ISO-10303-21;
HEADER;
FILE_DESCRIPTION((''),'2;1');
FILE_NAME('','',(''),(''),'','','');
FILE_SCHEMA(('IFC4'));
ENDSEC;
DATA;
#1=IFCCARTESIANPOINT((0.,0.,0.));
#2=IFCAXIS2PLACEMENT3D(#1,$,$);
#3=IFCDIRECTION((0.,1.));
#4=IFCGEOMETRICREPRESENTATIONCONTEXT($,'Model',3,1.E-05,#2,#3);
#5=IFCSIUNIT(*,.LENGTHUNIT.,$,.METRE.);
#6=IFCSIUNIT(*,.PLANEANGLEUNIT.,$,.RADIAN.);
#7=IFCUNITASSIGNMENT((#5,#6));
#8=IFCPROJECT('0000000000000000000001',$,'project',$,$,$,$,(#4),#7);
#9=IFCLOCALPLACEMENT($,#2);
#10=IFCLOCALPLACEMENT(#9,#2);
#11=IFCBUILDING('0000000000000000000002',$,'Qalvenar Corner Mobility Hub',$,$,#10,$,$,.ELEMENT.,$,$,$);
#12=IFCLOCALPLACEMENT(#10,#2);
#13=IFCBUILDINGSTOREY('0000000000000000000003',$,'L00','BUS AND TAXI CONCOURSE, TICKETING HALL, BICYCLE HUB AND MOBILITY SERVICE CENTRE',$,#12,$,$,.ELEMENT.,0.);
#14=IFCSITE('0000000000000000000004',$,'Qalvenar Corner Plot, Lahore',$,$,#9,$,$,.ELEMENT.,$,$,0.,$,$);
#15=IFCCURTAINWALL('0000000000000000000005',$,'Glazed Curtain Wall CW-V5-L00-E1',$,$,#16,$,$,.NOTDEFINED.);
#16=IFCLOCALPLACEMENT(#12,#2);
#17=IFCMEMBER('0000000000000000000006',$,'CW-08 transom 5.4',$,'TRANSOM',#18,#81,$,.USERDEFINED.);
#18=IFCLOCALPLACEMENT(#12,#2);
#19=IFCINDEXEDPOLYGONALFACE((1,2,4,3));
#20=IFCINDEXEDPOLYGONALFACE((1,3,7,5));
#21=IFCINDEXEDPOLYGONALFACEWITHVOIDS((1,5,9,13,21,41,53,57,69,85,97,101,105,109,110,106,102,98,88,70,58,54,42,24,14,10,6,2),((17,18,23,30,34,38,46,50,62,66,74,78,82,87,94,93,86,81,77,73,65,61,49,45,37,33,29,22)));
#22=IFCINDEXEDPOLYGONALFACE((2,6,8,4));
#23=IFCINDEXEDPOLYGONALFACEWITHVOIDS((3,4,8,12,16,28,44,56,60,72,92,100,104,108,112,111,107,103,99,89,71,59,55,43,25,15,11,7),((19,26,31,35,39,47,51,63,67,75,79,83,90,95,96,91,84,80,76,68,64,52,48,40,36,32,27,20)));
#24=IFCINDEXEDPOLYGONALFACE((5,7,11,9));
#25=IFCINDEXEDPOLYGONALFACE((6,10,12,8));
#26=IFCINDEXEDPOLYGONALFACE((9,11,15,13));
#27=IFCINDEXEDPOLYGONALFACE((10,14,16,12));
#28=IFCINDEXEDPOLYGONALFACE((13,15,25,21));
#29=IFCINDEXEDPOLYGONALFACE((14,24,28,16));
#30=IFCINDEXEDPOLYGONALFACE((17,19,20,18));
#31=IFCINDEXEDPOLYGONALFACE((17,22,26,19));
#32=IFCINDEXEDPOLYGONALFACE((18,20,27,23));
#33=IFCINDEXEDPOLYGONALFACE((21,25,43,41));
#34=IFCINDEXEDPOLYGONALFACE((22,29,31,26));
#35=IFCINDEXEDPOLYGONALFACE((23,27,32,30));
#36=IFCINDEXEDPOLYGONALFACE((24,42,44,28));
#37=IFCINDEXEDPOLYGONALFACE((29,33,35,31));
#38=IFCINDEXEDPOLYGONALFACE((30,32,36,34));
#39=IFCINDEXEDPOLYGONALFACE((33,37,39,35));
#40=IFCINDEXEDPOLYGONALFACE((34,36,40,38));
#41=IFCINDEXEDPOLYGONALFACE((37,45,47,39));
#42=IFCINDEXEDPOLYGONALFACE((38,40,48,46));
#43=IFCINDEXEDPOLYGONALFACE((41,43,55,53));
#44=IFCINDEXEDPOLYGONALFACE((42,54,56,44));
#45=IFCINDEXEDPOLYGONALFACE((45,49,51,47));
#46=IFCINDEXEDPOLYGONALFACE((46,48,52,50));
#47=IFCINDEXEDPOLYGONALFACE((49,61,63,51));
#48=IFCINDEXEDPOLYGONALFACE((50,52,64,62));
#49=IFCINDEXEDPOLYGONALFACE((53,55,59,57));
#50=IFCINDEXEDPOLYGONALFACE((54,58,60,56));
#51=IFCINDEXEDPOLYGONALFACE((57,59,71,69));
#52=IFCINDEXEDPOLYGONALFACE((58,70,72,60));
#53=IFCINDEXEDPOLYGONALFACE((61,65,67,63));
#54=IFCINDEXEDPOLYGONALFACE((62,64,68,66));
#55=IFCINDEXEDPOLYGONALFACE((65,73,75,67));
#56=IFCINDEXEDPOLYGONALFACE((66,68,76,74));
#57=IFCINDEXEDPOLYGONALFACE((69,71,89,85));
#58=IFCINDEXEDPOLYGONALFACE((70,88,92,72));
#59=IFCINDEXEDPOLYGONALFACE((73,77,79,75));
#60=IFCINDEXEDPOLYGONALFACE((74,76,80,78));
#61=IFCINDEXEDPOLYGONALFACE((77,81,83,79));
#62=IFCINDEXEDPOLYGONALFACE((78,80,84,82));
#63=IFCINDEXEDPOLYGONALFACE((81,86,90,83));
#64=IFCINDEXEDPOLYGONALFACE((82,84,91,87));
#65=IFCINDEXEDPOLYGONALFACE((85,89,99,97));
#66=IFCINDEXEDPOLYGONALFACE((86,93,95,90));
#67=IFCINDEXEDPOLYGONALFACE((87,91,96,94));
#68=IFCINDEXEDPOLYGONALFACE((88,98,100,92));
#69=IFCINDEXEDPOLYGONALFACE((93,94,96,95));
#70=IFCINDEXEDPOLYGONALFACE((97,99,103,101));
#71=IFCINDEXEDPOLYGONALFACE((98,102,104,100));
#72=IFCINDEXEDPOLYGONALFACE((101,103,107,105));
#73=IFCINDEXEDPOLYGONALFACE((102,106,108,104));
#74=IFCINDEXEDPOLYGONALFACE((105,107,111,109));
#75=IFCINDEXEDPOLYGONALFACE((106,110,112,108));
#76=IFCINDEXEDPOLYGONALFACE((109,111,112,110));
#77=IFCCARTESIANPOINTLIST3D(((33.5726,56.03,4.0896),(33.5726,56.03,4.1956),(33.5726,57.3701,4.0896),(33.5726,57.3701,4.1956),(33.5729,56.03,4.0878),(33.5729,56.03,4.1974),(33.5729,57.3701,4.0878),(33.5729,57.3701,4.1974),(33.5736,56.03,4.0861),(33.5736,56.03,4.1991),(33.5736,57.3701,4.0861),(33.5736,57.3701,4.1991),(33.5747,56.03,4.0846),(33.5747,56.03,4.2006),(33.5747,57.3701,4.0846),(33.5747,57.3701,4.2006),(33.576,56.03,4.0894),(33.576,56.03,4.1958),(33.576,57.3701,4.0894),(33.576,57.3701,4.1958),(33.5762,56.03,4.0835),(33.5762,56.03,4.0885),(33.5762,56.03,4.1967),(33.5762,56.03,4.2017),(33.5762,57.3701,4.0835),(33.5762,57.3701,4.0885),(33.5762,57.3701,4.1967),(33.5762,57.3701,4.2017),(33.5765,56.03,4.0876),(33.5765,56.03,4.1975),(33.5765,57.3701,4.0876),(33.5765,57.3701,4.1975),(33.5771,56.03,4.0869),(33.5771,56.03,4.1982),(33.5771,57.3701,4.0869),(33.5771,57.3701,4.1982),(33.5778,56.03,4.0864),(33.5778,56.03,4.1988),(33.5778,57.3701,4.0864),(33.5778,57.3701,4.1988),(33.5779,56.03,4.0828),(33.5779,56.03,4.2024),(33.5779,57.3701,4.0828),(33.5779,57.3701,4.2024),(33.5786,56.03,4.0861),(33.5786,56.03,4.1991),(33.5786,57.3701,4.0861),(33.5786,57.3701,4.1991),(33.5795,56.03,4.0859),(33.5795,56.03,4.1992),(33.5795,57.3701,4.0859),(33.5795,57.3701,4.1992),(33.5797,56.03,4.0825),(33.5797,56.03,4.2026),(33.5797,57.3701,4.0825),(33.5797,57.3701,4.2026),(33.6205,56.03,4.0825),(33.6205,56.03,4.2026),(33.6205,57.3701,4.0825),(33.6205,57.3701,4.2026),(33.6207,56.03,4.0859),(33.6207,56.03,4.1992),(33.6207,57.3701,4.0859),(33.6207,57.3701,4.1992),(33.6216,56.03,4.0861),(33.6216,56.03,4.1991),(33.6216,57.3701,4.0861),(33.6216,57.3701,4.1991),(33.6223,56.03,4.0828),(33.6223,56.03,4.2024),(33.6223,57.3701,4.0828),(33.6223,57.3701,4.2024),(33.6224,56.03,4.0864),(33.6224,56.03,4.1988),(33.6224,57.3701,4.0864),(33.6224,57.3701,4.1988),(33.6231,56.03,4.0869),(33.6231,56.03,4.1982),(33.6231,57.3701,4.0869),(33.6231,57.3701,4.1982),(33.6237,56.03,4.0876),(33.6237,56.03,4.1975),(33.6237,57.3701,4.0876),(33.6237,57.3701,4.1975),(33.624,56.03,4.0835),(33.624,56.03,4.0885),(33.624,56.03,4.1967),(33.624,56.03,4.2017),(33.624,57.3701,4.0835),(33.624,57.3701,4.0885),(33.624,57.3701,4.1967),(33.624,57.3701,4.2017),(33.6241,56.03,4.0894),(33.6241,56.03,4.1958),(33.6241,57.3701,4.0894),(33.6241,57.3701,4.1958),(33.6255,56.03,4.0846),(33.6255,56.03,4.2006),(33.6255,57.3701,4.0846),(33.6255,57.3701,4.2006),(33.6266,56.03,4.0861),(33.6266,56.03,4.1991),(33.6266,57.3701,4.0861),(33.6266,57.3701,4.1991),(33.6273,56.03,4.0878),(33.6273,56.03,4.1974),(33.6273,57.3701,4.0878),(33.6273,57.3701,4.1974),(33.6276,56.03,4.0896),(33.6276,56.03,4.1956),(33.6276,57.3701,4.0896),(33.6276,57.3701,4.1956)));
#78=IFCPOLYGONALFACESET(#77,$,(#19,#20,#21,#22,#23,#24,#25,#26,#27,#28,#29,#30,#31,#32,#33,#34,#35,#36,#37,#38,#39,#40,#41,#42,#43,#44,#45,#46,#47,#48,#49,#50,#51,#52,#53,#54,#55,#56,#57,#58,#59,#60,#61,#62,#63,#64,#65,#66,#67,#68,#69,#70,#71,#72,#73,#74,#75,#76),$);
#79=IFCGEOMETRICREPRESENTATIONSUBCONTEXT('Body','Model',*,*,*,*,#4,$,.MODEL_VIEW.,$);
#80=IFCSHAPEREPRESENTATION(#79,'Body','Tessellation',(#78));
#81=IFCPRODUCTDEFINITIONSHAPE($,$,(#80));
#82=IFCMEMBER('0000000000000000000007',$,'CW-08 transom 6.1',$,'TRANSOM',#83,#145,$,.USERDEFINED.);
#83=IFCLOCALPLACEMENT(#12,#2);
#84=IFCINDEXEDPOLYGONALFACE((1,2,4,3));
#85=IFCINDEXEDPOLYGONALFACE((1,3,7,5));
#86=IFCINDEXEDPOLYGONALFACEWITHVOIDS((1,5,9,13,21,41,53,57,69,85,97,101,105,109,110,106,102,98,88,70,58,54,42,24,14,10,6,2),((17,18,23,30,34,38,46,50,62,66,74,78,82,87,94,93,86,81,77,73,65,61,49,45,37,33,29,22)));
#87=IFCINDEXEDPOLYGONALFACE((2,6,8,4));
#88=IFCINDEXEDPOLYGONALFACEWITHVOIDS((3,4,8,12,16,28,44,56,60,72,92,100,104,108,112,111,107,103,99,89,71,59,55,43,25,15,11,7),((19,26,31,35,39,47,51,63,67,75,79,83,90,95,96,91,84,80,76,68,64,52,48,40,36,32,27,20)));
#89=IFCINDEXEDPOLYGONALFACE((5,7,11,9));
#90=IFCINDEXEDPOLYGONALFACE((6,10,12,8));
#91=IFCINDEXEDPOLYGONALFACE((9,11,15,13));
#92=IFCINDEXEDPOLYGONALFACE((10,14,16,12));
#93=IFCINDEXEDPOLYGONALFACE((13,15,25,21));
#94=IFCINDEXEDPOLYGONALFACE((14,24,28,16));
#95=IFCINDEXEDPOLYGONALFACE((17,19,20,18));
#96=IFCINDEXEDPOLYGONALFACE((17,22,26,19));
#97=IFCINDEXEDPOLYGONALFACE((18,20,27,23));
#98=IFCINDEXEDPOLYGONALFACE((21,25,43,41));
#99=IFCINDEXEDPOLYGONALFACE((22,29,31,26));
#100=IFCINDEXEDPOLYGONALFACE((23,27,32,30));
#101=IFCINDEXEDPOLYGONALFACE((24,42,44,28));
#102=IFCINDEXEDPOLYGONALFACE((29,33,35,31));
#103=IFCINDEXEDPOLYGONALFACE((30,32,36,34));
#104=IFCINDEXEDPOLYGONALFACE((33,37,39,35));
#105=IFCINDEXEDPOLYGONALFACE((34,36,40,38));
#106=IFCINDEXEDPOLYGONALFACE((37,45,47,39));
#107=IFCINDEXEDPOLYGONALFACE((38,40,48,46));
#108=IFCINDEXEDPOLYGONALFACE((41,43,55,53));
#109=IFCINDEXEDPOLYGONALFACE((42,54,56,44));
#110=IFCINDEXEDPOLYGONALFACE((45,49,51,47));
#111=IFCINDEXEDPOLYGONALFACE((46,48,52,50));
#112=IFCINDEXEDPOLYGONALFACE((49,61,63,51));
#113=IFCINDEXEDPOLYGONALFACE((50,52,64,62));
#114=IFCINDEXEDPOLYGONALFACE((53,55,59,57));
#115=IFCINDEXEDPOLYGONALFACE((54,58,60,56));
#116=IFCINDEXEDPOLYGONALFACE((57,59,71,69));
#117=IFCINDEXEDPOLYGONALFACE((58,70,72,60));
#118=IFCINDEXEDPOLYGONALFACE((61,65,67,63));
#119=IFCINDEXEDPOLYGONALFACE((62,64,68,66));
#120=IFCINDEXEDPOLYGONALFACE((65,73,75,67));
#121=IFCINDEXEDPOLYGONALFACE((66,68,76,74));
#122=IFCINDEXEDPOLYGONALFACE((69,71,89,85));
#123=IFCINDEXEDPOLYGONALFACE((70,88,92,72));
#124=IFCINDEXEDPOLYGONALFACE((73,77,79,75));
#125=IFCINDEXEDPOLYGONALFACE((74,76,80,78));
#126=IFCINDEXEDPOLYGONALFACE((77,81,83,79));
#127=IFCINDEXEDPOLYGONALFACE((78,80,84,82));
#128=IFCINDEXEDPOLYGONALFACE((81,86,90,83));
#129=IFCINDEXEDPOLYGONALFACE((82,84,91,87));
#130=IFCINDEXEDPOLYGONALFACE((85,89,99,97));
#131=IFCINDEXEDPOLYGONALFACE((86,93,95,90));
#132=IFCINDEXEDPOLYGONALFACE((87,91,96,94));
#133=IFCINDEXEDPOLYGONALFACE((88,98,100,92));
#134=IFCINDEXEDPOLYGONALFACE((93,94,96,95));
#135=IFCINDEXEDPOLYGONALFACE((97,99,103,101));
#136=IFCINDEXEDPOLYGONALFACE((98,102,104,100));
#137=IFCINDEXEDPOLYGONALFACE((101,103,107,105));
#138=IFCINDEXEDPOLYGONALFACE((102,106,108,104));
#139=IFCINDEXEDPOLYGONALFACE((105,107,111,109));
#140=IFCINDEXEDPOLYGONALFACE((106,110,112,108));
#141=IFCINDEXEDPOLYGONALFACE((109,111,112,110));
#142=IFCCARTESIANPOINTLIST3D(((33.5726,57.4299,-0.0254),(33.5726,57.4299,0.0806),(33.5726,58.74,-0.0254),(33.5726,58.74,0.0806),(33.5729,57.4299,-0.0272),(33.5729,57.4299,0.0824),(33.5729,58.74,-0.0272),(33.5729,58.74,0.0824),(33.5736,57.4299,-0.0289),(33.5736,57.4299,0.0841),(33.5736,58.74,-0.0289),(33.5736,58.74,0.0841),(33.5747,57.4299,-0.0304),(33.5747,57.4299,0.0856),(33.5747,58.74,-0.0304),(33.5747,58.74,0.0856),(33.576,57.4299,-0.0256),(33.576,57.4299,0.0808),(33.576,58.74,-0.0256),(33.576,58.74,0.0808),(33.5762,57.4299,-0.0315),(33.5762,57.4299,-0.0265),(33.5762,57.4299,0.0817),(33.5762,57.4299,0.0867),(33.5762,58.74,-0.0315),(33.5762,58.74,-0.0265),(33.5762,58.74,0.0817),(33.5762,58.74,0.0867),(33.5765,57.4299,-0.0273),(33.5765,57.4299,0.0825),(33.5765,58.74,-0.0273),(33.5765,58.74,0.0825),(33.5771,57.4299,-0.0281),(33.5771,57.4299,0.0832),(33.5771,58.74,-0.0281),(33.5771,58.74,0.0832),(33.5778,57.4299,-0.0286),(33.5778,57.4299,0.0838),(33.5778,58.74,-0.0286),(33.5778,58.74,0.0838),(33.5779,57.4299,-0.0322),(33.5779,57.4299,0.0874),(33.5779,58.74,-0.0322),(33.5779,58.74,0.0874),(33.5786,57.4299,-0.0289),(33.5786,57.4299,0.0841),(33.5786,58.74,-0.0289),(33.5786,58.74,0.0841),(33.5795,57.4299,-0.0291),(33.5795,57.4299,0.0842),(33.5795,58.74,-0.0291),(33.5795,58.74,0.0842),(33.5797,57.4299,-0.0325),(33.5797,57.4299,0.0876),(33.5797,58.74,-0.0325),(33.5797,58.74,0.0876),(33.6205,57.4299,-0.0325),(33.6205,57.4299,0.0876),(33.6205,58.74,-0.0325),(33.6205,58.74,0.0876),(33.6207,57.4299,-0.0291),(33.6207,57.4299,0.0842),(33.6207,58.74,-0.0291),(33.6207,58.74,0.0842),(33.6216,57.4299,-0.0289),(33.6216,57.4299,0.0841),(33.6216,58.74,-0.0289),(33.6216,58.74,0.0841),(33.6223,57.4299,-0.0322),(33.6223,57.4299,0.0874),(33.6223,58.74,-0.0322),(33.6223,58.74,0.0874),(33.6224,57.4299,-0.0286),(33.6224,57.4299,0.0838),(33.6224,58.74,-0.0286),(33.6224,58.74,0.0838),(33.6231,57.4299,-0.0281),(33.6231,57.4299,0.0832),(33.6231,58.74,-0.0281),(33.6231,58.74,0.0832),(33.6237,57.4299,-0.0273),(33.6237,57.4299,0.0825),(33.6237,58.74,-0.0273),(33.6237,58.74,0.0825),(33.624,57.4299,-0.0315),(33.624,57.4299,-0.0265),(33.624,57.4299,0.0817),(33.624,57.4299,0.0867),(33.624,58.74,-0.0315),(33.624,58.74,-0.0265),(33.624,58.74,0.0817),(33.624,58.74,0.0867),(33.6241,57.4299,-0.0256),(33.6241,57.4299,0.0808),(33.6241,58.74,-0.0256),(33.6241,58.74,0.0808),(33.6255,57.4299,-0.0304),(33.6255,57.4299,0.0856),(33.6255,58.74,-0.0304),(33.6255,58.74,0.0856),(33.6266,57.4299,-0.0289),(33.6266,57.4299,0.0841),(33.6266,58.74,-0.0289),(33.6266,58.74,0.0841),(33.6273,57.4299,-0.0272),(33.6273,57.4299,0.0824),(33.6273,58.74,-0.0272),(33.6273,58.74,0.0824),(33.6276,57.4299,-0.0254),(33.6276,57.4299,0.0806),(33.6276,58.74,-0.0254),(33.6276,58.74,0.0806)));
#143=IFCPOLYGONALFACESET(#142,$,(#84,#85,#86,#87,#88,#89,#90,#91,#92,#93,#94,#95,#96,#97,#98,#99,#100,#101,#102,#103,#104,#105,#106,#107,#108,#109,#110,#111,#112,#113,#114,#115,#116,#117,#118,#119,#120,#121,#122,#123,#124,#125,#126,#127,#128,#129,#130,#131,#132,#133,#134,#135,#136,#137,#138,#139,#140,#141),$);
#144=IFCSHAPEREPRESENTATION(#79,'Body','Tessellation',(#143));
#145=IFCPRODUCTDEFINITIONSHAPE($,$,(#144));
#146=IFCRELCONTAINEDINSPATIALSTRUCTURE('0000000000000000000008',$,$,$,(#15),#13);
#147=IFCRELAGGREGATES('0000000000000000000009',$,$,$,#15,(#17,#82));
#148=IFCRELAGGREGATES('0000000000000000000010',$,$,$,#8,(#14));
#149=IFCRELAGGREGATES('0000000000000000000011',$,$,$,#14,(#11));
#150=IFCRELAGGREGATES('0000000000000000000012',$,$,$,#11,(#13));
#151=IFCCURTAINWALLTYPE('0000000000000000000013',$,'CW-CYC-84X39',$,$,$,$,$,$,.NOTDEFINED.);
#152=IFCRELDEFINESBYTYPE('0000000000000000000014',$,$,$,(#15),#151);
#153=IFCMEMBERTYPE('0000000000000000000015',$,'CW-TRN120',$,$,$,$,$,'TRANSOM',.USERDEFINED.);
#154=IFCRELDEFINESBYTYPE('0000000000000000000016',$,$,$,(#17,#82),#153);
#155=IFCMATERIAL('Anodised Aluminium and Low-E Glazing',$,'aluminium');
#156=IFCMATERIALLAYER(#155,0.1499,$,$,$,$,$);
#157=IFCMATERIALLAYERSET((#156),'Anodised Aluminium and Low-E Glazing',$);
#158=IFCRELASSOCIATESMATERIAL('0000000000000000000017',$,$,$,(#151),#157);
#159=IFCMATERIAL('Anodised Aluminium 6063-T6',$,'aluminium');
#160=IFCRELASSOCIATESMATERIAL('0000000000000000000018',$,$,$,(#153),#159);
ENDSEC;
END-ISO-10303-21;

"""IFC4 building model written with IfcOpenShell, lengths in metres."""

from ifc_helpers import new_model, si_unit, direction, frame, origin, origin_2d, place, context, subcontext, project, spatial, hollow_rectangle, extrude, material, layer, layer_set, material_profile, profile_set, type_object, element, aggregate, save


model = new_model("IFC4")

# Units and contexts
model_context = context("Model", 3, precision=1e-05, world=origin(), true_north=direction((0.0, 1.0)))
body_context = subcontext(model_context, "Body", "Model", "MODEL_VIEW")
ifc_project = project(units=[si_unit("LENGTHUNIT", "METRE"), si_unit("PLANEANGLEUNIT", "RADIAN")], contexts=[model_context])

# Site, building, storey
site_placement = place(None, origin())
site = spatial("IfcSite", under=ifc_project, at=site_placement, Name="Qalvenar Corner Plot, Lahore", CompositionType="ELEMENT", RefElevation=0.0)
building_placement = place(site_placement, origin())
building = spatial("IfcBuilding", under=site, at=building_placement, Name="Qalvenar Corner Mobility Hub", CompositionType="ELEMENT")
storey_placement = place(building_placement, origin())
storey = spatial("IfcBuildingStorey", under=building, at=storey_placement, Name="L00", Description="BUS AND TAXI CONCOURSE, TICKETING HALL, BICYCLE HUB AND MOBILITY SERVICE CENTRE", CompositionType="ELEMENT", Elevation=0.0)

# Curtain wall, members
ifc_material_1 = material(Name="Anodised Aluminium and Low-E Glazing", Category="aluminium")
ifc_layer_1 = layer(ifc_material_1, 0.1499)
ifc_layer_set_1 = layer_set([ifc_layer_1], Name="Anodised Aluminium and Low-E Glazing")
curtain_wall_type = type_object("IfcCurtainWallType", Name="CW-CYC-84X39", PredefinedType="NOTDEFINED", material=ifc_layer_set_1)
curtain_wall_placement = place(storey_placement, origin())
curtain_wall = element("IfcCurtainWall", 1, at=curtain_wall_placement, inside=storey, type_object=curtain_wall_type, Name="Glazed Curtain Wall CW-V5-L00-E1", PredefinedType="NOTDEFINED")
ifc_material_2 = material(Name="Anodised Aluminium 6063-T6", Category="aluminium")
ifc_material_profile_1 = material_profile(ifc_material_2, hollow_rectangle(XDim=0.0549, YDim=0.1201, WallThickness=0.0034, InnerFilletRadius=0.0034, OuterFilletRadius=0.0071, at=origin_2d()), Name="RHS120x55x3.5")
ifc_profile_set_1 = profile_set([ifc_material_profile_1], Name="Anodised Aluminium 6063-T6")
member_type_1 = type_object("IfcMemberType", Name="CW-TRN120", ElementType="TRANSOM", PredefinedType="USERDEFINED", material=ifc_profile_set_1)
member_1_placement = place(storey_placement, frame((33.6001, 56.03, 4.1426), z_axis=(0.0, 1.0, 0.0), x_axis=(-1.0, 0.0, 0.0)))
member_1 = element("IfcMember", 2, at=member_1_placement, type_object=member_type_1, Name="CW-08 transom 5.4", ObjectType="TRANSOM", PredefinedType="USERDEFINED", context=body_context, shape_type="SweptSolid", body=[
    extrude(hollow_rectangle(XDim=0.0549, YDim=0.1201, WallThickness=0.0034, InnerFilletRadius=0.0034, OuterFilletRadius=0.0071, at=origin_2d()), origin(), (0.0, 0.0, 1.0), 1.3401),
])
member_2_placement = place(storey_placement, frame((33.6001, 57.4299, 0.0276), z_axis=(0.0, 1.0, 0.0), x_axis=(-1.0, 0.0, 0.0)))
member_2 = element("IfcMember", 3, at=member_2_placement, type_object=member_type_1, Name="CW-08 transom 6.1", ObjectType="TRANSOM", PredefinedType="USERDEFINED", context=body_context, shape_type="SweptSolid", body=[
    extrude(hollow_rectangle(XDim=0.0549, YDim=0.1201, WallThickness=0.0034, InnerFilletRadius=0.0034, OuterFilletRadius=0.0071, at=origin_2d()), origin(), (0.0, 0.0, 1.0), 1.3101),
])
aggregate(curtain_wall, [member_1, member_2])

save(model, "model.ifc")
